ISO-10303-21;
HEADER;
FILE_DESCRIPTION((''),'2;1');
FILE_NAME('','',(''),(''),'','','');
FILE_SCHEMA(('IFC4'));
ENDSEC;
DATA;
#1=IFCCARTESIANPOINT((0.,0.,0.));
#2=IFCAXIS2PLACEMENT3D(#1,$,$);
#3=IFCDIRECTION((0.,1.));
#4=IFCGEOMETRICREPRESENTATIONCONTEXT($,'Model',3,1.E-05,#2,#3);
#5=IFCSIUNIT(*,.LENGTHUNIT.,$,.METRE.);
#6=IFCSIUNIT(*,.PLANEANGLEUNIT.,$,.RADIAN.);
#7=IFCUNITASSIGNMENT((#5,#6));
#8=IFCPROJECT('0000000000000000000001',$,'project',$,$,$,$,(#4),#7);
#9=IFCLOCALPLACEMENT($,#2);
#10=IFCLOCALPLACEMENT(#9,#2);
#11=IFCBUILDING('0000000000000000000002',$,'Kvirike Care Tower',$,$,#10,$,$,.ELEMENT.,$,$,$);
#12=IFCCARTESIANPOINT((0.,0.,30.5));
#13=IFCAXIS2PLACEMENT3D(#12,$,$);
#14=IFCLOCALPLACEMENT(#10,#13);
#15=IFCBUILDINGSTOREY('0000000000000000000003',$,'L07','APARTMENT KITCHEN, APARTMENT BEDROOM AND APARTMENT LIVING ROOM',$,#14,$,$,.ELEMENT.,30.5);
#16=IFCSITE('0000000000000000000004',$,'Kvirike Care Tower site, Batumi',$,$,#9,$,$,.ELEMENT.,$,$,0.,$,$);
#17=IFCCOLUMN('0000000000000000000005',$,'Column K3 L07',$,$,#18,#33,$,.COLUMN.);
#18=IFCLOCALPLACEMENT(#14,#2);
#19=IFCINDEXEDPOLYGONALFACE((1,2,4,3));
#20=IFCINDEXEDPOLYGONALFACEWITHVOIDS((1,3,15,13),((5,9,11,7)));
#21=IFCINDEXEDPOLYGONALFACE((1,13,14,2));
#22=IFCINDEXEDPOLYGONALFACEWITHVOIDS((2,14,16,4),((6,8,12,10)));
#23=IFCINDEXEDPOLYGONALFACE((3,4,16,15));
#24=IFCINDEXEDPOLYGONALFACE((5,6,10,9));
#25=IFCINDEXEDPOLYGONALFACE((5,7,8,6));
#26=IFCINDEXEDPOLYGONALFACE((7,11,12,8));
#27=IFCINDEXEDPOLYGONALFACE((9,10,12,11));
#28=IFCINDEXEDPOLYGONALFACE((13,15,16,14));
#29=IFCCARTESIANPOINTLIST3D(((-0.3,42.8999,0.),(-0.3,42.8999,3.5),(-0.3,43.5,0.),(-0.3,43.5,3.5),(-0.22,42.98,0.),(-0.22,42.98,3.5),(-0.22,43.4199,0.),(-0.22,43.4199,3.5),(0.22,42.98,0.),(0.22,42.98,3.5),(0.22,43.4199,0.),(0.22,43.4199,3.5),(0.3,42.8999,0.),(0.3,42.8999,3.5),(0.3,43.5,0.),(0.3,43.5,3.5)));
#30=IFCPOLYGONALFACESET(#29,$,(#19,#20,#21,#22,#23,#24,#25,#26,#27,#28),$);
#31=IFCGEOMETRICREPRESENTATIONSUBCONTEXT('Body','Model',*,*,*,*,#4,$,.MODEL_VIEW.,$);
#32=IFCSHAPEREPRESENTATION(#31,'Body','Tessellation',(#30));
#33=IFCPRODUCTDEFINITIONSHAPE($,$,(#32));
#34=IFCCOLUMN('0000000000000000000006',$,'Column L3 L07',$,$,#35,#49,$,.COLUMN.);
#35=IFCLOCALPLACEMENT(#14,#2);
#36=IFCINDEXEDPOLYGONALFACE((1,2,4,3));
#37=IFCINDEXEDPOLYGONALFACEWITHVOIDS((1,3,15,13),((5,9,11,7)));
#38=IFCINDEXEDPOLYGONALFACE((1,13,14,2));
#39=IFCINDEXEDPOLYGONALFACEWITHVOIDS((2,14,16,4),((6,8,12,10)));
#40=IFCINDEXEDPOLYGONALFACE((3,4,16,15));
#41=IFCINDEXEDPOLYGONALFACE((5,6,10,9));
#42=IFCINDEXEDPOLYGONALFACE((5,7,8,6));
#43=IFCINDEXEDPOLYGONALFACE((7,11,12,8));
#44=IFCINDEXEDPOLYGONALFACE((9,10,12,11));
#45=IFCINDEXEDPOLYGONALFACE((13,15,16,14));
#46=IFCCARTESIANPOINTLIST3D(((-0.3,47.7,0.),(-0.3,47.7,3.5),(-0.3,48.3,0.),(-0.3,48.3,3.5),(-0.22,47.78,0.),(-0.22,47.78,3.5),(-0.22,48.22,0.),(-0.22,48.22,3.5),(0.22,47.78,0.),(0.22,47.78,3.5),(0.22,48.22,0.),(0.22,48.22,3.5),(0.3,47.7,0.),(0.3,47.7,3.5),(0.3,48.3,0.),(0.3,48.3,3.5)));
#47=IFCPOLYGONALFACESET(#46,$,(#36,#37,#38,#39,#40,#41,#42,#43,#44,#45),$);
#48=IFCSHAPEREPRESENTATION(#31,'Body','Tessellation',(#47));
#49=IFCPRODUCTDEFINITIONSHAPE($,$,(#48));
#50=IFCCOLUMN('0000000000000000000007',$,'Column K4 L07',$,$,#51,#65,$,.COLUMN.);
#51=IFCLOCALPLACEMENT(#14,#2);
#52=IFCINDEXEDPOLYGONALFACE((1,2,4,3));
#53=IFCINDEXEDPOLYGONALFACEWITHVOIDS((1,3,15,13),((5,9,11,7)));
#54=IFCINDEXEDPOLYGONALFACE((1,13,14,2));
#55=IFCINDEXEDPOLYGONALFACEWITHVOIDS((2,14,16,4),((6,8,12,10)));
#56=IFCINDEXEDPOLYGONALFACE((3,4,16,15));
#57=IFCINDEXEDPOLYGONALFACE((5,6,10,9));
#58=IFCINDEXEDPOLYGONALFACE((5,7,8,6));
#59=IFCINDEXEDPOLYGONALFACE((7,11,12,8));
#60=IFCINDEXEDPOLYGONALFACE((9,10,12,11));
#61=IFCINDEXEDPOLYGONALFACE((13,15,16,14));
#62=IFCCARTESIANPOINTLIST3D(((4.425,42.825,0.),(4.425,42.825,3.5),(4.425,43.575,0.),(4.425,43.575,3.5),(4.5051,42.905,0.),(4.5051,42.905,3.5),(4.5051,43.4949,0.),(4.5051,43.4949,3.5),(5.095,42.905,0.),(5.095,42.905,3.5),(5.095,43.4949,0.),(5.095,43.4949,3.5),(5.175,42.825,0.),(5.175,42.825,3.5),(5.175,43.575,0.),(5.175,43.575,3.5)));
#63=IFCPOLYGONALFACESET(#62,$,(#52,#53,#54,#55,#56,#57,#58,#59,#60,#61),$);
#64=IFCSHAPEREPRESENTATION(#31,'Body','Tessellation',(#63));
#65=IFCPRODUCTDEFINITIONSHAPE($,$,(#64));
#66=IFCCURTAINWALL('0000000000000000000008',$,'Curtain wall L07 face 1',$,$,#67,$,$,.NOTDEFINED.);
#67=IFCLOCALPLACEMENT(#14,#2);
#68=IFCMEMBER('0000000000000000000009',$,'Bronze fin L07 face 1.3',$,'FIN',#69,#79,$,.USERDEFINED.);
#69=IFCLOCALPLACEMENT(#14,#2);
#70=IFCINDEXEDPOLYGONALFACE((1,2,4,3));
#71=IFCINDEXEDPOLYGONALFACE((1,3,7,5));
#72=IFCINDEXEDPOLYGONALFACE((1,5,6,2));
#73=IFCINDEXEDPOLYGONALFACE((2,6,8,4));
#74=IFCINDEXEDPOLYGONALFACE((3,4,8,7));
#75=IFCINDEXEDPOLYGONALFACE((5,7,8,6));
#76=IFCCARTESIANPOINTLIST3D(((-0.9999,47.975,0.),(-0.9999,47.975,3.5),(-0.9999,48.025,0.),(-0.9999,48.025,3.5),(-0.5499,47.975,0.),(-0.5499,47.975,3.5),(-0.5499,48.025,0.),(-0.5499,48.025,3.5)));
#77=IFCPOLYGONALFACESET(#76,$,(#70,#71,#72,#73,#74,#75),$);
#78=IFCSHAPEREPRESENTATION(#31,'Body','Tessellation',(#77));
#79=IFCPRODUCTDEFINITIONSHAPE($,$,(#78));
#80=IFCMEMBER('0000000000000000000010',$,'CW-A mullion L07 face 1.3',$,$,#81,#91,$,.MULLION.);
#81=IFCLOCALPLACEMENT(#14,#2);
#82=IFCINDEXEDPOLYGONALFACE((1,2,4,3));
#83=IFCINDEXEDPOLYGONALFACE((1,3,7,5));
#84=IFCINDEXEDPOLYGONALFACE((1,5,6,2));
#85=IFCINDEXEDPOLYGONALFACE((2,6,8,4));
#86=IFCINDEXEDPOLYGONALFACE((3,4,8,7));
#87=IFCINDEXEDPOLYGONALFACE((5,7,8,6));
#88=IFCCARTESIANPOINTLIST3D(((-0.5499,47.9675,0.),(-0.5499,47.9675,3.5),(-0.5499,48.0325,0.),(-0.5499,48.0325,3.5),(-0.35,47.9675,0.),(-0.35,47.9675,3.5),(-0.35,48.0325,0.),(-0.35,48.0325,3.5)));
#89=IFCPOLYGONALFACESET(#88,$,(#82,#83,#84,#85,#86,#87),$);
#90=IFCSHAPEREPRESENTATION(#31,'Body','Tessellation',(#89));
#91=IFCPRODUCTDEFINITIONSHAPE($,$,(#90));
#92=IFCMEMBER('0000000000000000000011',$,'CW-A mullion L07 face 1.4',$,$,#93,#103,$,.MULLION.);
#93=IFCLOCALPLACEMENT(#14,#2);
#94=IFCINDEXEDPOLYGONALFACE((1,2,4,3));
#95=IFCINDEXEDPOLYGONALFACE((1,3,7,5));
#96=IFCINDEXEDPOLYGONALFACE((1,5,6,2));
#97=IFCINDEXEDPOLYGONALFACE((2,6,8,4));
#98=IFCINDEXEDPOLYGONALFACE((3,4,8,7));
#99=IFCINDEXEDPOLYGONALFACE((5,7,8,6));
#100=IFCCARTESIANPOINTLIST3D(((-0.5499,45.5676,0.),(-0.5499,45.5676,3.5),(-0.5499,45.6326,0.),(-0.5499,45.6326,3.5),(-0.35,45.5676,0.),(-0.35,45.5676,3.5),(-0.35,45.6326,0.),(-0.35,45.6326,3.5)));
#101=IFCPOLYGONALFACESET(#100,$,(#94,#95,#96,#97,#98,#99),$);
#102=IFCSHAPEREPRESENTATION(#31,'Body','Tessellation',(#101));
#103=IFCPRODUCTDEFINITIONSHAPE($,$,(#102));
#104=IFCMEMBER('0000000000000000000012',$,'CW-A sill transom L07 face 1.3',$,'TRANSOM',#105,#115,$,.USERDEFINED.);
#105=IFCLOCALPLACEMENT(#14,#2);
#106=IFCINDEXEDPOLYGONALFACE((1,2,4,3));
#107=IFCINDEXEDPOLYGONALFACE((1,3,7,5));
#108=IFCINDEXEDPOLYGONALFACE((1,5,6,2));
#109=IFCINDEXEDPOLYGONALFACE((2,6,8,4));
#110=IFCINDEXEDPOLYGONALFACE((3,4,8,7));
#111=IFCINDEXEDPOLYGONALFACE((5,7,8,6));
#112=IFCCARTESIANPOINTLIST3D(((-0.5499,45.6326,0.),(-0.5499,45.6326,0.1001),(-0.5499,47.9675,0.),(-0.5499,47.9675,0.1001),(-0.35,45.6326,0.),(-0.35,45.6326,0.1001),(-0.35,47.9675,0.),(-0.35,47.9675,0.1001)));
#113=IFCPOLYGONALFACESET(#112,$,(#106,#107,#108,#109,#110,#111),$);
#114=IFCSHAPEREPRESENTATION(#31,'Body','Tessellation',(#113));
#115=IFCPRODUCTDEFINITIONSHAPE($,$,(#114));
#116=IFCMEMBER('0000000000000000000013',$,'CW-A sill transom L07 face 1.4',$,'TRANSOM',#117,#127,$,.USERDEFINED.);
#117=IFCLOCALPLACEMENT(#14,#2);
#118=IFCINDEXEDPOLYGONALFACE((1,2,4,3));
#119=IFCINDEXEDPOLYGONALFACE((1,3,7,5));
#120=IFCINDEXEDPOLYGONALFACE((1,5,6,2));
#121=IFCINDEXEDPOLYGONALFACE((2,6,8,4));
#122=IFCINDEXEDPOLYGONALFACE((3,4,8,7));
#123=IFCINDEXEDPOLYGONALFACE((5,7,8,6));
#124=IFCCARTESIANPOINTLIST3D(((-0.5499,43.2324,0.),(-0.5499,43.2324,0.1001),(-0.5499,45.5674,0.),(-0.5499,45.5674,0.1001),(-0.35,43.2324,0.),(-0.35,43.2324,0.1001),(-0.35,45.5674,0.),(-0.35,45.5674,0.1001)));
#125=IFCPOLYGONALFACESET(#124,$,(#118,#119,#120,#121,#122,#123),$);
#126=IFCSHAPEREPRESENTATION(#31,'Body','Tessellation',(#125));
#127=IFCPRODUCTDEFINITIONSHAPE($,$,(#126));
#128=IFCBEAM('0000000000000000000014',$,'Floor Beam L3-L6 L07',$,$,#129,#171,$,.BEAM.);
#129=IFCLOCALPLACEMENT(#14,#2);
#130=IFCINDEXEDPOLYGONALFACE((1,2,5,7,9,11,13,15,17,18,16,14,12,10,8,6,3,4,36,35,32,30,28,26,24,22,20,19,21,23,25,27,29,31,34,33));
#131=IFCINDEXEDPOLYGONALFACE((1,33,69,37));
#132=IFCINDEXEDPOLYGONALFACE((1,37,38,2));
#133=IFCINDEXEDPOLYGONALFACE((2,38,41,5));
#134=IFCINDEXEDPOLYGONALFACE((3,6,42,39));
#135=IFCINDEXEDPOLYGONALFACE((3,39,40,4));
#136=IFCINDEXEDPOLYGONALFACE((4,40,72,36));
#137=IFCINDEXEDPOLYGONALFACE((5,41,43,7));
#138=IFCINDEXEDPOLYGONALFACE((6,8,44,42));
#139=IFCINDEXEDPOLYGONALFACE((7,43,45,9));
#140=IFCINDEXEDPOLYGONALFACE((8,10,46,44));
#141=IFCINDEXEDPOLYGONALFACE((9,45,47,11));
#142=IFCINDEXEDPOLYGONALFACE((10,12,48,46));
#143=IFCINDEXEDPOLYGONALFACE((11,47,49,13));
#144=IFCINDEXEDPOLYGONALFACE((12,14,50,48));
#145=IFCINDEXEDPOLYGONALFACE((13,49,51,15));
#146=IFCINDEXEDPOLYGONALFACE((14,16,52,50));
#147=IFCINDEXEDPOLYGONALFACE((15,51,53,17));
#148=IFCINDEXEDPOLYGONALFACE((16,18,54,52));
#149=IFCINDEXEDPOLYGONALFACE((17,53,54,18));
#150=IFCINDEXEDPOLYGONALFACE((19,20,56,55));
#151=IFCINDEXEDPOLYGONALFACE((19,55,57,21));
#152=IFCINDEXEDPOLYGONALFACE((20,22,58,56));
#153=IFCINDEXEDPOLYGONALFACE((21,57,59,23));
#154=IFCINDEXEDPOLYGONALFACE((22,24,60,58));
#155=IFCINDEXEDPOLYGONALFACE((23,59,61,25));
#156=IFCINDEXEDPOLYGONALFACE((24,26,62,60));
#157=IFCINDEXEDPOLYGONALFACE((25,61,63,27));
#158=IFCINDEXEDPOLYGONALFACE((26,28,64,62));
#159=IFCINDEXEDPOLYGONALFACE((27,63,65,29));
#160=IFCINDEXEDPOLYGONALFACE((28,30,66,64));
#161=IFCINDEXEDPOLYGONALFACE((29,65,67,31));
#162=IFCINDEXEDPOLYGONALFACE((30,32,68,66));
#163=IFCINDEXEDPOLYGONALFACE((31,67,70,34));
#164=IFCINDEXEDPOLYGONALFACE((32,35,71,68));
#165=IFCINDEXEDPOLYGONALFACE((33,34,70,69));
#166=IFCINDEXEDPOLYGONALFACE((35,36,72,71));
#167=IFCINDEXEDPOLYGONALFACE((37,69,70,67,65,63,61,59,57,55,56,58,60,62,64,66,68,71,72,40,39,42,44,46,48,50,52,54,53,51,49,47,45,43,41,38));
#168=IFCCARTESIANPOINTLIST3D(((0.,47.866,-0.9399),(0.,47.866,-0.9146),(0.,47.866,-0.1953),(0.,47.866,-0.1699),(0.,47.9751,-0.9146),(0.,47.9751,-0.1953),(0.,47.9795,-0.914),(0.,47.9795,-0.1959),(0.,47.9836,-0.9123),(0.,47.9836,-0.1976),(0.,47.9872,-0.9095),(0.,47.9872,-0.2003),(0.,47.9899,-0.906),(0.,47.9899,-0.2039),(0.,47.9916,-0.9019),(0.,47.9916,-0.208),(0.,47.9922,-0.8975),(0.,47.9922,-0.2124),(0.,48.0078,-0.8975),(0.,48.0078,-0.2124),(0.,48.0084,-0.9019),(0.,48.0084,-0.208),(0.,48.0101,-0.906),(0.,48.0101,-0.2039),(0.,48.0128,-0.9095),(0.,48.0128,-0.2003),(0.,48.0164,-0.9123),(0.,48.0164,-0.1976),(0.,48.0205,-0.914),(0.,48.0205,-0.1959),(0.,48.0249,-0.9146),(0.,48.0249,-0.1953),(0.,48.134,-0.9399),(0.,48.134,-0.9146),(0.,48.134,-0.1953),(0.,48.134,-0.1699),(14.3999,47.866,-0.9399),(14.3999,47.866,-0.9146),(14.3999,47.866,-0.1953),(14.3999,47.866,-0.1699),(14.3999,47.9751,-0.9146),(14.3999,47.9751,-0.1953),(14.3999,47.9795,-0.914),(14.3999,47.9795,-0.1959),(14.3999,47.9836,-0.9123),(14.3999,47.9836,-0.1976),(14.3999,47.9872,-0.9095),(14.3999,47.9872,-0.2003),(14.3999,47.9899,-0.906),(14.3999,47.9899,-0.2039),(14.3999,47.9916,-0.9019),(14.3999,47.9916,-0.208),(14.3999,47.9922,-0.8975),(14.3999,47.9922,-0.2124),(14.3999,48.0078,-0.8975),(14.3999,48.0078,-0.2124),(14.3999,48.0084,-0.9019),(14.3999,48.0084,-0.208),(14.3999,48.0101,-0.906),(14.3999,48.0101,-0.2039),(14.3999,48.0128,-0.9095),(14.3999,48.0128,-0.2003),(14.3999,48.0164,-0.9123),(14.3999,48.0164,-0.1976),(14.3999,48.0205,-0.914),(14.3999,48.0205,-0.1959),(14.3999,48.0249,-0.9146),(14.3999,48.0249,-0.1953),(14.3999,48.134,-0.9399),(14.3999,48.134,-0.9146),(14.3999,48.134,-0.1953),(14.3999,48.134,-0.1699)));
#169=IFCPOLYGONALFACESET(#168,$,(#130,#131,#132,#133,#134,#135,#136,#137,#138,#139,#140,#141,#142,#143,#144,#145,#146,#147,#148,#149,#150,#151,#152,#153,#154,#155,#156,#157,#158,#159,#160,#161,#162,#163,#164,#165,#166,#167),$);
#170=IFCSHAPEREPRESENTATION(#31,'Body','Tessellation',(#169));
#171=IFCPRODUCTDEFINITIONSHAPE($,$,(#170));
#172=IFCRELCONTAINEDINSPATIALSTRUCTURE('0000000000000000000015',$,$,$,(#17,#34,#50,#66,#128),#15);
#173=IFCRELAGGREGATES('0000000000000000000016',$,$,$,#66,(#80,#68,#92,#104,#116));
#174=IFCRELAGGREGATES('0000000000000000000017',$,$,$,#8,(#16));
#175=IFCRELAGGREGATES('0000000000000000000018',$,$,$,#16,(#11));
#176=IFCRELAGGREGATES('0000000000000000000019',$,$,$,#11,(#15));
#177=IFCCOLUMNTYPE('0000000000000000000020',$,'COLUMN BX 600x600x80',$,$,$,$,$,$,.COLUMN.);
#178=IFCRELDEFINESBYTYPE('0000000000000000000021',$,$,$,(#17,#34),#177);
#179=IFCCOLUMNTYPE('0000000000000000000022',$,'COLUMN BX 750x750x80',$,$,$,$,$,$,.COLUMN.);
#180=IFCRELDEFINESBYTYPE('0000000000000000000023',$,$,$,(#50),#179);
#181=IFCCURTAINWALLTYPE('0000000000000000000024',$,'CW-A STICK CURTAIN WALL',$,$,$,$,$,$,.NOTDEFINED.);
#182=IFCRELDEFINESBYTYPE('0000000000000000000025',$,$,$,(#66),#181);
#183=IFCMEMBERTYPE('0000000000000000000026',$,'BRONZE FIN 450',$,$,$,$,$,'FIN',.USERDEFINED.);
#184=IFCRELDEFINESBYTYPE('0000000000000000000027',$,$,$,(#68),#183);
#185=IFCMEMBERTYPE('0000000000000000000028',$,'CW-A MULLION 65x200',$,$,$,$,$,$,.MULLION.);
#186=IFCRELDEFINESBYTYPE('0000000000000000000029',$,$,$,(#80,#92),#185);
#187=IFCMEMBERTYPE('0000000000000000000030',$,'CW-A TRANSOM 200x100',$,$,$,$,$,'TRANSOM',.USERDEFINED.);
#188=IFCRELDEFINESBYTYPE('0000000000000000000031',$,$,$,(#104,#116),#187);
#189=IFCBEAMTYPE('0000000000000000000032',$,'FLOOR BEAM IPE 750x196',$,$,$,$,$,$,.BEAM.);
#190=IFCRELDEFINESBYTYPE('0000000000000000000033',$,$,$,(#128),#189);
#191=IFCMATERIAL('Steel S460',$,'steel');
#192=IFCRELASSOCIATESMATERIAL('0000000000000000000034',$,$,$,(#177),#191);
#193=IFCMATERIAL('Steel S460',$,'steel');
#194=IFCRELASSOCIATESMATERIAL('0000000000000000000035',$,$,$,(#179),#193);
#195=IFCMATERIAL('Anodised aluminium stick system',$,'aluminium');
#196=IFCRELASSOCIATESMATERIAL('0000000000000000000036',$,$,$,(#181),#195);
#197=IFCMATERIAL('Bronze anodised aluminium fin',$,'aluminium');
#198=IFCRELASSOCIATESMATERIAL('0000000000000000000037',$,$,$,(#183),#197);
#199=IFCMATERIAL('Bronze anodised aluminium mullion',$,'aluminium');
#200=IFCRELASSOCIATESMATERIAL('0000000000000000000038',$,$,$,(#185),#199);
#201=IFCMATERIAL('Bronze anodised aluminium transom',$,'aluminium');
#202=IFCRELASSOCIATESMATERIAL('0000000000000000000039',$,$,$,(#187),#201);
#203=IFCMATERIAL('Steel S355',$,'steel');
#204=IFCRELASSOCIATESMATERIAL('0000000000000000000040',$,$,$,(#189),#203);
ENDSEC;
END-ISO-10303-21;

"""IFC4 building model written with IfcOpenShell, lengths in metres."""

from ifc_helpers import new_model, si_unit, direction, frame, origin, origin_2d, place, context, subcontext, project, spatial, rectangle, hollow_rectangle, i_section, extrude, material, material_profile, profile_set, type_object, element, aggregate, save


model = new_model("IFC4")

# Units and contexts
model_context = context("Model", 3, precision=1e-05, world=origin(), true_north=direction((0.0, 1.0)))
body_context = subcontext(model_context, "Body", "Model", "MODEL_VIEW")
ifc_project = project(units=[si_unit("LENGTHUNIT", "METRE"), si_unit("PLANEANGLEUNIT", "RADIAN")], contexts=[model_context])

# Site, building, storey
site_placement = place(None, origin())
site = spatial("IfcSite", under=ifc_project, at=site_placement, Name="Kvirike Care Tower site, Batumi", CompositionType="ELEMENT", RefElevation=0.0)
building_placement = place(site_placement, origin())
building = spatial("IfcBuilding", under=site, at=building_placement, Name="Kvirike Care Tower", CompositionType="ELEMENT")
storey_placement = place(building_placement, frame((0.0, 0.0, 30.5)))
storey = spatial("IfcBuildingStorey", under=building, at=storey_placement, Name="L07", Description="APARTMENT KITCHEN, APARTMENT BEDROOM AND APARTMENT LIVING ROOM", CompositionType="ELEMENT", Elevation=30.5)

# Columns
ifc_material_1 = material(Name="Steel S460", Category="steel")
ifc_material_profile_1 = material_profile(ifc_material_1, hollow_rectangle(XDim=0.6001, YDim=0.6001, WallThickness=0.0801, at=origin_2d()), Name="BX 600x600x80")
ifc_profile_set_1 = profile_set([ifc_material_profile_1], Name="Steel S460")
column_type_1 = type_object("IfcColumnType", Name="COLUMN BX 600x600x80", PredefinedType="COLUMN", material=ifc_profile_set_1)
for number, where, z_axis, x_axis, name in (
    (1, (0.0, 43.2, 0.0), (0.0, 0.0, 1.0), (0.0, 1.0, 0.0), "Column K3 L07"),
    (2, (0.0, 48.0, 0.0), (0.0, 0.0, 1.0), (1.0, 0.0, 0.0), "Column L3 L07"),
):
    element("IfcColumn", number, at=place(storey_placement, frame(where, z_axis=z_axis, x_axis=x_axis)), inside=storey, type_object=column_type_1, Name=name, PredefinedType="COLUMN", context=body_context, shape_type="SweptSolid", body=[
        extrude(hollow_rectangle(XDim=0.6001, YDim=0.6001, WallThickness=0.0801, at=origin_2d()), origin(), (0.0, 0.0, 1.0), 3.5),
    ])
ifc_material_2 = material(Name="Steel S460", Category="steel")
ifc_material_profile_2 = material_profile(ifc_material_2, hollow_rectangle(XDim=0.75, YDim=0.75, WallThickness=0.0801, at=origin_2d()), Name="BX 750x750x80")
ifc_profile_set_2 = profile_set([ifc_material_profile_2], Name="Steel S460")
column_type_2 = type_object("IfcColumnType", Name="COLUMN BX 750x750x80", PredefinedType="COLUMN", material=ifc_profile_set_2)
column_placement = place(storey_placement, frame((4.8, 43.2, 0.0), z_axis=(0.0, 0.0, 1.0), x_axis=(0.0, 1.0, 0.0)))
element("IfcColumn", 3, at=column_placement, inside=storey, type_object=column_type_2, Name="Column K4 L07", PredefinedType="COLUMN", context=body_context, shape_type="SweptSolid", body=[
    extrude(hollow_rectangle(XDim=0.75, YDim=0.75, WallThickness=0.0801, at=origin_2d()), origin(), (0.0, 0.0, 1.0), 3.5),
])

# Curtain wall, members
ifc_material_3 = material(Name="Anodised aluminium stick system", Category="aluminium")
curtain_wall_type = type_object("IfcCurtainWallType", Name="CW-A STICK CURTAIN WALL", PredefinedType="NOTDEFINED", material=ifc_material_3)
curtain_wall_placement = place(storey_placement, origin())
curtain_wall = element("IfcCurtainWall", 4, at=curtain_wall_placement, inside=storey, type_object=curtain_wall_type, Name="Curtain wall L07 face 1", PredefinedType="NOTDEFINED")
ifc_material_4 = material(Name="Bronze anodised aluminium fin", Category="aluminium")
ifc_material_profile_3 = material_profile(ifc_material_4, rectangle(XDim=0.05, YDim=0.45, at=origin_2d()), Name="BRONZE FIN 450")
ifc_profile_set_3 = profile_set([ifc_material_profile_3], Name="Bronze anodised aluminium fin")
member_type_1 = type_object("IfcMemberType", Name="BRONZE FIN 450", ElementType="FIN", PredefinedType="USERDEFINED", material=ifc_profile_set_3)
member_1_placement = place(storey_placement, frame((-0.7749, 48.0, 0.0), z_axis=(0.0, 0.0, 1.0), x_axis=(0.0, -1.0, 0.0)))
member_1 = element("IfcMember", 5, at=member_1_placement, type_object=member_type_1, Name="Bronze fin L07 face 1.3", ObjectType="FIN", PredefinedType="USERDEFINED", context=body_context, shape_type="SweptSolid", body=[
    extrude(rectangle(XDim=0.05, YDim=0.45, at=origin_2d()), origin(), (0.0, 0.0, 1.0), 3.5),
])
ifc_material_5 = material(Name="Bronze anodised aluminium mullion", Category="aluminium")
ifc_material_profile_4 = material_profile(ifc_material_5, rectangle(XDim=0.0649, YDim=0.2, at=origin_2d()), Name="CW-A MULLION 65x200")
ifc_profile_set_4 = profile_set([ifc_material_profile_4], Name="Bronze anodised aluminium mullion")
member_type_2 = type_object("IfcMemberType", Name="CW-A MULLION 65x200", PredefinedType="MULLION", material=ifc_profile_set_4)
member_2_placement = place(storey_placement, frame((-0.45, 48.0, 0.0), z_axis=(0.0, 0.0, 1.0), x_axis=(0.0, -1.0, 0.0)))
member_2 = element("IfcMember", 6, at=member_2_placement, type_object=member_type_2, Name="CW-A mullion L07 face 1.3", PredefinedType="MULLION", context=body_context, shape_type="SweptSolid", body=[
    extrude(rectangle(XDim=0.0649, YDim=0.2, at=origin_2d()), origin(), (0.0, 0.0, 1.0), 3.5),
])
member_3_placement = place(storey_placement, frame((-0.45, 45.6001, 0.0), z_axis=(0.0, 0.0, 1.0), x_axis=(0.0, -1.0, 0.0)))
member_3 = element("IfcMember", 7, at=member_3_placement, type_object=member_type_2, Name="CW-A mullion L07 face 1.4", PredefinedType="MULLION", context=body_context, shape_type="SweptSolid", body=[
    extrude(rectangle(XDim=0.0649, YDim=0.2, at=origin_2d()), origin(), (0.0, 0.0, 1.0), 3.5),
])
ifc_material_6 = material(Name="Bronze anodised aluminium transom", Category="aluminium")
ifc_material_profile_5 = material_profile(ifc_material_6, rectangle(XDim=0.2, YDim=0.1001, at=origin_2d()), Name="CW-A TRANSOM 200x100")
ifc_profile_set_5 = profile_set([ifc_material_profile_5], Name="Bronze anodised aluminium transom")
member_type_3 = type_object("IfcMemberType", Name="CW-A TRANSOM 200x100", ElementType="TRANSOM", PredefinedType="USERDEFINED", material=ifc_profile_set_5)
member_4_placement = place(storey_placement, frame((-0.45, 47.9675, 0.05), z_axis=(0.0, -1.0, 0.0), x_axis=(1.0, 0.0, 0.0)))
member_4 = element("IfcMember", 8, at=member_4_placement, type_object=member_type_3, Name="CW-A sill transom L07 face 1.3", ObjectType="TRANSOM", PredefinedType="USERDEFINED", context=body_context, shape_type="SweptSolid", body=[
    extrude(rectangle(XDim=0.2, YDim=0.1001, at=origin_2d()), origin(), (0.0, 0.0, 1.0), 2.335),
])
member_5_placement = place(storey_placement, frame((-0.45, 45.5674, 0.05), z_axis=(0.0, -1.0, 0.0), x_axis=(1.0, 0.0, 0.0)))
member_5 = element("IfcMember", 9, at=member_5_placement, type_object=member_type_3, Name="CW-A sill transom L07 face 1.4", ObjectType="TRANSOM", PredefinedType="USERDEFINED", context=body_context, shape_type="SweptSolid", body=[
    extrude(rectangle(XDim=0.2, YDim=0.1001, at=origin_2d()), origin(), (0.0, 0.0, 1.0), 2.335),
])

# Beam
ifc_material_7 = material(Name="Steel S355", Category="steel")
ifc_material_profile_6 = material_profile(ifc_material_7, i_section(OverallWidth=0.2681, OverallDepth=0.77, WebThickness=0.0156, FlangeThickness=0.0254, FilletRadius=0.0171, at=origin_2d()), Name="IPE 750x196")
ifc_profile_set_6 = profile_set([ifc_material_profile_6], Name="Steel S355")
beam_type_1 = type_object("IfcBeamType", Name="FLOOR BEAM IPE 750x196", PredefinedType="BEAM", material=ifc_profile_set_6)
beam_1_placement = place(storey_placement, frame((0.0, 48.0, -0.5549), z_axis=(1.0, 0.0, 0.0), x_axis=(0.0, 1.0, 0.0)))
element("IfcBeam", 10, at=beam_1_placement, inside=storey, type_object=beam_type_1, Name="Floor Beam L3-L6 L07", PredefinedType="BEAM", context=body_context, shape_type="SweptSolid", body=[
    extrude(i_section(OverallWidth=0.2681, OverallDepth=0.77, WebThickness=0.0156, FlangeThickness=0.0254, FilletRadius=0.0171, at=origin_2d()), origin(), (0.0, 0.0, 1.0), 14.3999),
])

aggregate(curtain_wall, [member_2, member_1, member_3, member_4, member_5])

save(model, "model.ifc")
